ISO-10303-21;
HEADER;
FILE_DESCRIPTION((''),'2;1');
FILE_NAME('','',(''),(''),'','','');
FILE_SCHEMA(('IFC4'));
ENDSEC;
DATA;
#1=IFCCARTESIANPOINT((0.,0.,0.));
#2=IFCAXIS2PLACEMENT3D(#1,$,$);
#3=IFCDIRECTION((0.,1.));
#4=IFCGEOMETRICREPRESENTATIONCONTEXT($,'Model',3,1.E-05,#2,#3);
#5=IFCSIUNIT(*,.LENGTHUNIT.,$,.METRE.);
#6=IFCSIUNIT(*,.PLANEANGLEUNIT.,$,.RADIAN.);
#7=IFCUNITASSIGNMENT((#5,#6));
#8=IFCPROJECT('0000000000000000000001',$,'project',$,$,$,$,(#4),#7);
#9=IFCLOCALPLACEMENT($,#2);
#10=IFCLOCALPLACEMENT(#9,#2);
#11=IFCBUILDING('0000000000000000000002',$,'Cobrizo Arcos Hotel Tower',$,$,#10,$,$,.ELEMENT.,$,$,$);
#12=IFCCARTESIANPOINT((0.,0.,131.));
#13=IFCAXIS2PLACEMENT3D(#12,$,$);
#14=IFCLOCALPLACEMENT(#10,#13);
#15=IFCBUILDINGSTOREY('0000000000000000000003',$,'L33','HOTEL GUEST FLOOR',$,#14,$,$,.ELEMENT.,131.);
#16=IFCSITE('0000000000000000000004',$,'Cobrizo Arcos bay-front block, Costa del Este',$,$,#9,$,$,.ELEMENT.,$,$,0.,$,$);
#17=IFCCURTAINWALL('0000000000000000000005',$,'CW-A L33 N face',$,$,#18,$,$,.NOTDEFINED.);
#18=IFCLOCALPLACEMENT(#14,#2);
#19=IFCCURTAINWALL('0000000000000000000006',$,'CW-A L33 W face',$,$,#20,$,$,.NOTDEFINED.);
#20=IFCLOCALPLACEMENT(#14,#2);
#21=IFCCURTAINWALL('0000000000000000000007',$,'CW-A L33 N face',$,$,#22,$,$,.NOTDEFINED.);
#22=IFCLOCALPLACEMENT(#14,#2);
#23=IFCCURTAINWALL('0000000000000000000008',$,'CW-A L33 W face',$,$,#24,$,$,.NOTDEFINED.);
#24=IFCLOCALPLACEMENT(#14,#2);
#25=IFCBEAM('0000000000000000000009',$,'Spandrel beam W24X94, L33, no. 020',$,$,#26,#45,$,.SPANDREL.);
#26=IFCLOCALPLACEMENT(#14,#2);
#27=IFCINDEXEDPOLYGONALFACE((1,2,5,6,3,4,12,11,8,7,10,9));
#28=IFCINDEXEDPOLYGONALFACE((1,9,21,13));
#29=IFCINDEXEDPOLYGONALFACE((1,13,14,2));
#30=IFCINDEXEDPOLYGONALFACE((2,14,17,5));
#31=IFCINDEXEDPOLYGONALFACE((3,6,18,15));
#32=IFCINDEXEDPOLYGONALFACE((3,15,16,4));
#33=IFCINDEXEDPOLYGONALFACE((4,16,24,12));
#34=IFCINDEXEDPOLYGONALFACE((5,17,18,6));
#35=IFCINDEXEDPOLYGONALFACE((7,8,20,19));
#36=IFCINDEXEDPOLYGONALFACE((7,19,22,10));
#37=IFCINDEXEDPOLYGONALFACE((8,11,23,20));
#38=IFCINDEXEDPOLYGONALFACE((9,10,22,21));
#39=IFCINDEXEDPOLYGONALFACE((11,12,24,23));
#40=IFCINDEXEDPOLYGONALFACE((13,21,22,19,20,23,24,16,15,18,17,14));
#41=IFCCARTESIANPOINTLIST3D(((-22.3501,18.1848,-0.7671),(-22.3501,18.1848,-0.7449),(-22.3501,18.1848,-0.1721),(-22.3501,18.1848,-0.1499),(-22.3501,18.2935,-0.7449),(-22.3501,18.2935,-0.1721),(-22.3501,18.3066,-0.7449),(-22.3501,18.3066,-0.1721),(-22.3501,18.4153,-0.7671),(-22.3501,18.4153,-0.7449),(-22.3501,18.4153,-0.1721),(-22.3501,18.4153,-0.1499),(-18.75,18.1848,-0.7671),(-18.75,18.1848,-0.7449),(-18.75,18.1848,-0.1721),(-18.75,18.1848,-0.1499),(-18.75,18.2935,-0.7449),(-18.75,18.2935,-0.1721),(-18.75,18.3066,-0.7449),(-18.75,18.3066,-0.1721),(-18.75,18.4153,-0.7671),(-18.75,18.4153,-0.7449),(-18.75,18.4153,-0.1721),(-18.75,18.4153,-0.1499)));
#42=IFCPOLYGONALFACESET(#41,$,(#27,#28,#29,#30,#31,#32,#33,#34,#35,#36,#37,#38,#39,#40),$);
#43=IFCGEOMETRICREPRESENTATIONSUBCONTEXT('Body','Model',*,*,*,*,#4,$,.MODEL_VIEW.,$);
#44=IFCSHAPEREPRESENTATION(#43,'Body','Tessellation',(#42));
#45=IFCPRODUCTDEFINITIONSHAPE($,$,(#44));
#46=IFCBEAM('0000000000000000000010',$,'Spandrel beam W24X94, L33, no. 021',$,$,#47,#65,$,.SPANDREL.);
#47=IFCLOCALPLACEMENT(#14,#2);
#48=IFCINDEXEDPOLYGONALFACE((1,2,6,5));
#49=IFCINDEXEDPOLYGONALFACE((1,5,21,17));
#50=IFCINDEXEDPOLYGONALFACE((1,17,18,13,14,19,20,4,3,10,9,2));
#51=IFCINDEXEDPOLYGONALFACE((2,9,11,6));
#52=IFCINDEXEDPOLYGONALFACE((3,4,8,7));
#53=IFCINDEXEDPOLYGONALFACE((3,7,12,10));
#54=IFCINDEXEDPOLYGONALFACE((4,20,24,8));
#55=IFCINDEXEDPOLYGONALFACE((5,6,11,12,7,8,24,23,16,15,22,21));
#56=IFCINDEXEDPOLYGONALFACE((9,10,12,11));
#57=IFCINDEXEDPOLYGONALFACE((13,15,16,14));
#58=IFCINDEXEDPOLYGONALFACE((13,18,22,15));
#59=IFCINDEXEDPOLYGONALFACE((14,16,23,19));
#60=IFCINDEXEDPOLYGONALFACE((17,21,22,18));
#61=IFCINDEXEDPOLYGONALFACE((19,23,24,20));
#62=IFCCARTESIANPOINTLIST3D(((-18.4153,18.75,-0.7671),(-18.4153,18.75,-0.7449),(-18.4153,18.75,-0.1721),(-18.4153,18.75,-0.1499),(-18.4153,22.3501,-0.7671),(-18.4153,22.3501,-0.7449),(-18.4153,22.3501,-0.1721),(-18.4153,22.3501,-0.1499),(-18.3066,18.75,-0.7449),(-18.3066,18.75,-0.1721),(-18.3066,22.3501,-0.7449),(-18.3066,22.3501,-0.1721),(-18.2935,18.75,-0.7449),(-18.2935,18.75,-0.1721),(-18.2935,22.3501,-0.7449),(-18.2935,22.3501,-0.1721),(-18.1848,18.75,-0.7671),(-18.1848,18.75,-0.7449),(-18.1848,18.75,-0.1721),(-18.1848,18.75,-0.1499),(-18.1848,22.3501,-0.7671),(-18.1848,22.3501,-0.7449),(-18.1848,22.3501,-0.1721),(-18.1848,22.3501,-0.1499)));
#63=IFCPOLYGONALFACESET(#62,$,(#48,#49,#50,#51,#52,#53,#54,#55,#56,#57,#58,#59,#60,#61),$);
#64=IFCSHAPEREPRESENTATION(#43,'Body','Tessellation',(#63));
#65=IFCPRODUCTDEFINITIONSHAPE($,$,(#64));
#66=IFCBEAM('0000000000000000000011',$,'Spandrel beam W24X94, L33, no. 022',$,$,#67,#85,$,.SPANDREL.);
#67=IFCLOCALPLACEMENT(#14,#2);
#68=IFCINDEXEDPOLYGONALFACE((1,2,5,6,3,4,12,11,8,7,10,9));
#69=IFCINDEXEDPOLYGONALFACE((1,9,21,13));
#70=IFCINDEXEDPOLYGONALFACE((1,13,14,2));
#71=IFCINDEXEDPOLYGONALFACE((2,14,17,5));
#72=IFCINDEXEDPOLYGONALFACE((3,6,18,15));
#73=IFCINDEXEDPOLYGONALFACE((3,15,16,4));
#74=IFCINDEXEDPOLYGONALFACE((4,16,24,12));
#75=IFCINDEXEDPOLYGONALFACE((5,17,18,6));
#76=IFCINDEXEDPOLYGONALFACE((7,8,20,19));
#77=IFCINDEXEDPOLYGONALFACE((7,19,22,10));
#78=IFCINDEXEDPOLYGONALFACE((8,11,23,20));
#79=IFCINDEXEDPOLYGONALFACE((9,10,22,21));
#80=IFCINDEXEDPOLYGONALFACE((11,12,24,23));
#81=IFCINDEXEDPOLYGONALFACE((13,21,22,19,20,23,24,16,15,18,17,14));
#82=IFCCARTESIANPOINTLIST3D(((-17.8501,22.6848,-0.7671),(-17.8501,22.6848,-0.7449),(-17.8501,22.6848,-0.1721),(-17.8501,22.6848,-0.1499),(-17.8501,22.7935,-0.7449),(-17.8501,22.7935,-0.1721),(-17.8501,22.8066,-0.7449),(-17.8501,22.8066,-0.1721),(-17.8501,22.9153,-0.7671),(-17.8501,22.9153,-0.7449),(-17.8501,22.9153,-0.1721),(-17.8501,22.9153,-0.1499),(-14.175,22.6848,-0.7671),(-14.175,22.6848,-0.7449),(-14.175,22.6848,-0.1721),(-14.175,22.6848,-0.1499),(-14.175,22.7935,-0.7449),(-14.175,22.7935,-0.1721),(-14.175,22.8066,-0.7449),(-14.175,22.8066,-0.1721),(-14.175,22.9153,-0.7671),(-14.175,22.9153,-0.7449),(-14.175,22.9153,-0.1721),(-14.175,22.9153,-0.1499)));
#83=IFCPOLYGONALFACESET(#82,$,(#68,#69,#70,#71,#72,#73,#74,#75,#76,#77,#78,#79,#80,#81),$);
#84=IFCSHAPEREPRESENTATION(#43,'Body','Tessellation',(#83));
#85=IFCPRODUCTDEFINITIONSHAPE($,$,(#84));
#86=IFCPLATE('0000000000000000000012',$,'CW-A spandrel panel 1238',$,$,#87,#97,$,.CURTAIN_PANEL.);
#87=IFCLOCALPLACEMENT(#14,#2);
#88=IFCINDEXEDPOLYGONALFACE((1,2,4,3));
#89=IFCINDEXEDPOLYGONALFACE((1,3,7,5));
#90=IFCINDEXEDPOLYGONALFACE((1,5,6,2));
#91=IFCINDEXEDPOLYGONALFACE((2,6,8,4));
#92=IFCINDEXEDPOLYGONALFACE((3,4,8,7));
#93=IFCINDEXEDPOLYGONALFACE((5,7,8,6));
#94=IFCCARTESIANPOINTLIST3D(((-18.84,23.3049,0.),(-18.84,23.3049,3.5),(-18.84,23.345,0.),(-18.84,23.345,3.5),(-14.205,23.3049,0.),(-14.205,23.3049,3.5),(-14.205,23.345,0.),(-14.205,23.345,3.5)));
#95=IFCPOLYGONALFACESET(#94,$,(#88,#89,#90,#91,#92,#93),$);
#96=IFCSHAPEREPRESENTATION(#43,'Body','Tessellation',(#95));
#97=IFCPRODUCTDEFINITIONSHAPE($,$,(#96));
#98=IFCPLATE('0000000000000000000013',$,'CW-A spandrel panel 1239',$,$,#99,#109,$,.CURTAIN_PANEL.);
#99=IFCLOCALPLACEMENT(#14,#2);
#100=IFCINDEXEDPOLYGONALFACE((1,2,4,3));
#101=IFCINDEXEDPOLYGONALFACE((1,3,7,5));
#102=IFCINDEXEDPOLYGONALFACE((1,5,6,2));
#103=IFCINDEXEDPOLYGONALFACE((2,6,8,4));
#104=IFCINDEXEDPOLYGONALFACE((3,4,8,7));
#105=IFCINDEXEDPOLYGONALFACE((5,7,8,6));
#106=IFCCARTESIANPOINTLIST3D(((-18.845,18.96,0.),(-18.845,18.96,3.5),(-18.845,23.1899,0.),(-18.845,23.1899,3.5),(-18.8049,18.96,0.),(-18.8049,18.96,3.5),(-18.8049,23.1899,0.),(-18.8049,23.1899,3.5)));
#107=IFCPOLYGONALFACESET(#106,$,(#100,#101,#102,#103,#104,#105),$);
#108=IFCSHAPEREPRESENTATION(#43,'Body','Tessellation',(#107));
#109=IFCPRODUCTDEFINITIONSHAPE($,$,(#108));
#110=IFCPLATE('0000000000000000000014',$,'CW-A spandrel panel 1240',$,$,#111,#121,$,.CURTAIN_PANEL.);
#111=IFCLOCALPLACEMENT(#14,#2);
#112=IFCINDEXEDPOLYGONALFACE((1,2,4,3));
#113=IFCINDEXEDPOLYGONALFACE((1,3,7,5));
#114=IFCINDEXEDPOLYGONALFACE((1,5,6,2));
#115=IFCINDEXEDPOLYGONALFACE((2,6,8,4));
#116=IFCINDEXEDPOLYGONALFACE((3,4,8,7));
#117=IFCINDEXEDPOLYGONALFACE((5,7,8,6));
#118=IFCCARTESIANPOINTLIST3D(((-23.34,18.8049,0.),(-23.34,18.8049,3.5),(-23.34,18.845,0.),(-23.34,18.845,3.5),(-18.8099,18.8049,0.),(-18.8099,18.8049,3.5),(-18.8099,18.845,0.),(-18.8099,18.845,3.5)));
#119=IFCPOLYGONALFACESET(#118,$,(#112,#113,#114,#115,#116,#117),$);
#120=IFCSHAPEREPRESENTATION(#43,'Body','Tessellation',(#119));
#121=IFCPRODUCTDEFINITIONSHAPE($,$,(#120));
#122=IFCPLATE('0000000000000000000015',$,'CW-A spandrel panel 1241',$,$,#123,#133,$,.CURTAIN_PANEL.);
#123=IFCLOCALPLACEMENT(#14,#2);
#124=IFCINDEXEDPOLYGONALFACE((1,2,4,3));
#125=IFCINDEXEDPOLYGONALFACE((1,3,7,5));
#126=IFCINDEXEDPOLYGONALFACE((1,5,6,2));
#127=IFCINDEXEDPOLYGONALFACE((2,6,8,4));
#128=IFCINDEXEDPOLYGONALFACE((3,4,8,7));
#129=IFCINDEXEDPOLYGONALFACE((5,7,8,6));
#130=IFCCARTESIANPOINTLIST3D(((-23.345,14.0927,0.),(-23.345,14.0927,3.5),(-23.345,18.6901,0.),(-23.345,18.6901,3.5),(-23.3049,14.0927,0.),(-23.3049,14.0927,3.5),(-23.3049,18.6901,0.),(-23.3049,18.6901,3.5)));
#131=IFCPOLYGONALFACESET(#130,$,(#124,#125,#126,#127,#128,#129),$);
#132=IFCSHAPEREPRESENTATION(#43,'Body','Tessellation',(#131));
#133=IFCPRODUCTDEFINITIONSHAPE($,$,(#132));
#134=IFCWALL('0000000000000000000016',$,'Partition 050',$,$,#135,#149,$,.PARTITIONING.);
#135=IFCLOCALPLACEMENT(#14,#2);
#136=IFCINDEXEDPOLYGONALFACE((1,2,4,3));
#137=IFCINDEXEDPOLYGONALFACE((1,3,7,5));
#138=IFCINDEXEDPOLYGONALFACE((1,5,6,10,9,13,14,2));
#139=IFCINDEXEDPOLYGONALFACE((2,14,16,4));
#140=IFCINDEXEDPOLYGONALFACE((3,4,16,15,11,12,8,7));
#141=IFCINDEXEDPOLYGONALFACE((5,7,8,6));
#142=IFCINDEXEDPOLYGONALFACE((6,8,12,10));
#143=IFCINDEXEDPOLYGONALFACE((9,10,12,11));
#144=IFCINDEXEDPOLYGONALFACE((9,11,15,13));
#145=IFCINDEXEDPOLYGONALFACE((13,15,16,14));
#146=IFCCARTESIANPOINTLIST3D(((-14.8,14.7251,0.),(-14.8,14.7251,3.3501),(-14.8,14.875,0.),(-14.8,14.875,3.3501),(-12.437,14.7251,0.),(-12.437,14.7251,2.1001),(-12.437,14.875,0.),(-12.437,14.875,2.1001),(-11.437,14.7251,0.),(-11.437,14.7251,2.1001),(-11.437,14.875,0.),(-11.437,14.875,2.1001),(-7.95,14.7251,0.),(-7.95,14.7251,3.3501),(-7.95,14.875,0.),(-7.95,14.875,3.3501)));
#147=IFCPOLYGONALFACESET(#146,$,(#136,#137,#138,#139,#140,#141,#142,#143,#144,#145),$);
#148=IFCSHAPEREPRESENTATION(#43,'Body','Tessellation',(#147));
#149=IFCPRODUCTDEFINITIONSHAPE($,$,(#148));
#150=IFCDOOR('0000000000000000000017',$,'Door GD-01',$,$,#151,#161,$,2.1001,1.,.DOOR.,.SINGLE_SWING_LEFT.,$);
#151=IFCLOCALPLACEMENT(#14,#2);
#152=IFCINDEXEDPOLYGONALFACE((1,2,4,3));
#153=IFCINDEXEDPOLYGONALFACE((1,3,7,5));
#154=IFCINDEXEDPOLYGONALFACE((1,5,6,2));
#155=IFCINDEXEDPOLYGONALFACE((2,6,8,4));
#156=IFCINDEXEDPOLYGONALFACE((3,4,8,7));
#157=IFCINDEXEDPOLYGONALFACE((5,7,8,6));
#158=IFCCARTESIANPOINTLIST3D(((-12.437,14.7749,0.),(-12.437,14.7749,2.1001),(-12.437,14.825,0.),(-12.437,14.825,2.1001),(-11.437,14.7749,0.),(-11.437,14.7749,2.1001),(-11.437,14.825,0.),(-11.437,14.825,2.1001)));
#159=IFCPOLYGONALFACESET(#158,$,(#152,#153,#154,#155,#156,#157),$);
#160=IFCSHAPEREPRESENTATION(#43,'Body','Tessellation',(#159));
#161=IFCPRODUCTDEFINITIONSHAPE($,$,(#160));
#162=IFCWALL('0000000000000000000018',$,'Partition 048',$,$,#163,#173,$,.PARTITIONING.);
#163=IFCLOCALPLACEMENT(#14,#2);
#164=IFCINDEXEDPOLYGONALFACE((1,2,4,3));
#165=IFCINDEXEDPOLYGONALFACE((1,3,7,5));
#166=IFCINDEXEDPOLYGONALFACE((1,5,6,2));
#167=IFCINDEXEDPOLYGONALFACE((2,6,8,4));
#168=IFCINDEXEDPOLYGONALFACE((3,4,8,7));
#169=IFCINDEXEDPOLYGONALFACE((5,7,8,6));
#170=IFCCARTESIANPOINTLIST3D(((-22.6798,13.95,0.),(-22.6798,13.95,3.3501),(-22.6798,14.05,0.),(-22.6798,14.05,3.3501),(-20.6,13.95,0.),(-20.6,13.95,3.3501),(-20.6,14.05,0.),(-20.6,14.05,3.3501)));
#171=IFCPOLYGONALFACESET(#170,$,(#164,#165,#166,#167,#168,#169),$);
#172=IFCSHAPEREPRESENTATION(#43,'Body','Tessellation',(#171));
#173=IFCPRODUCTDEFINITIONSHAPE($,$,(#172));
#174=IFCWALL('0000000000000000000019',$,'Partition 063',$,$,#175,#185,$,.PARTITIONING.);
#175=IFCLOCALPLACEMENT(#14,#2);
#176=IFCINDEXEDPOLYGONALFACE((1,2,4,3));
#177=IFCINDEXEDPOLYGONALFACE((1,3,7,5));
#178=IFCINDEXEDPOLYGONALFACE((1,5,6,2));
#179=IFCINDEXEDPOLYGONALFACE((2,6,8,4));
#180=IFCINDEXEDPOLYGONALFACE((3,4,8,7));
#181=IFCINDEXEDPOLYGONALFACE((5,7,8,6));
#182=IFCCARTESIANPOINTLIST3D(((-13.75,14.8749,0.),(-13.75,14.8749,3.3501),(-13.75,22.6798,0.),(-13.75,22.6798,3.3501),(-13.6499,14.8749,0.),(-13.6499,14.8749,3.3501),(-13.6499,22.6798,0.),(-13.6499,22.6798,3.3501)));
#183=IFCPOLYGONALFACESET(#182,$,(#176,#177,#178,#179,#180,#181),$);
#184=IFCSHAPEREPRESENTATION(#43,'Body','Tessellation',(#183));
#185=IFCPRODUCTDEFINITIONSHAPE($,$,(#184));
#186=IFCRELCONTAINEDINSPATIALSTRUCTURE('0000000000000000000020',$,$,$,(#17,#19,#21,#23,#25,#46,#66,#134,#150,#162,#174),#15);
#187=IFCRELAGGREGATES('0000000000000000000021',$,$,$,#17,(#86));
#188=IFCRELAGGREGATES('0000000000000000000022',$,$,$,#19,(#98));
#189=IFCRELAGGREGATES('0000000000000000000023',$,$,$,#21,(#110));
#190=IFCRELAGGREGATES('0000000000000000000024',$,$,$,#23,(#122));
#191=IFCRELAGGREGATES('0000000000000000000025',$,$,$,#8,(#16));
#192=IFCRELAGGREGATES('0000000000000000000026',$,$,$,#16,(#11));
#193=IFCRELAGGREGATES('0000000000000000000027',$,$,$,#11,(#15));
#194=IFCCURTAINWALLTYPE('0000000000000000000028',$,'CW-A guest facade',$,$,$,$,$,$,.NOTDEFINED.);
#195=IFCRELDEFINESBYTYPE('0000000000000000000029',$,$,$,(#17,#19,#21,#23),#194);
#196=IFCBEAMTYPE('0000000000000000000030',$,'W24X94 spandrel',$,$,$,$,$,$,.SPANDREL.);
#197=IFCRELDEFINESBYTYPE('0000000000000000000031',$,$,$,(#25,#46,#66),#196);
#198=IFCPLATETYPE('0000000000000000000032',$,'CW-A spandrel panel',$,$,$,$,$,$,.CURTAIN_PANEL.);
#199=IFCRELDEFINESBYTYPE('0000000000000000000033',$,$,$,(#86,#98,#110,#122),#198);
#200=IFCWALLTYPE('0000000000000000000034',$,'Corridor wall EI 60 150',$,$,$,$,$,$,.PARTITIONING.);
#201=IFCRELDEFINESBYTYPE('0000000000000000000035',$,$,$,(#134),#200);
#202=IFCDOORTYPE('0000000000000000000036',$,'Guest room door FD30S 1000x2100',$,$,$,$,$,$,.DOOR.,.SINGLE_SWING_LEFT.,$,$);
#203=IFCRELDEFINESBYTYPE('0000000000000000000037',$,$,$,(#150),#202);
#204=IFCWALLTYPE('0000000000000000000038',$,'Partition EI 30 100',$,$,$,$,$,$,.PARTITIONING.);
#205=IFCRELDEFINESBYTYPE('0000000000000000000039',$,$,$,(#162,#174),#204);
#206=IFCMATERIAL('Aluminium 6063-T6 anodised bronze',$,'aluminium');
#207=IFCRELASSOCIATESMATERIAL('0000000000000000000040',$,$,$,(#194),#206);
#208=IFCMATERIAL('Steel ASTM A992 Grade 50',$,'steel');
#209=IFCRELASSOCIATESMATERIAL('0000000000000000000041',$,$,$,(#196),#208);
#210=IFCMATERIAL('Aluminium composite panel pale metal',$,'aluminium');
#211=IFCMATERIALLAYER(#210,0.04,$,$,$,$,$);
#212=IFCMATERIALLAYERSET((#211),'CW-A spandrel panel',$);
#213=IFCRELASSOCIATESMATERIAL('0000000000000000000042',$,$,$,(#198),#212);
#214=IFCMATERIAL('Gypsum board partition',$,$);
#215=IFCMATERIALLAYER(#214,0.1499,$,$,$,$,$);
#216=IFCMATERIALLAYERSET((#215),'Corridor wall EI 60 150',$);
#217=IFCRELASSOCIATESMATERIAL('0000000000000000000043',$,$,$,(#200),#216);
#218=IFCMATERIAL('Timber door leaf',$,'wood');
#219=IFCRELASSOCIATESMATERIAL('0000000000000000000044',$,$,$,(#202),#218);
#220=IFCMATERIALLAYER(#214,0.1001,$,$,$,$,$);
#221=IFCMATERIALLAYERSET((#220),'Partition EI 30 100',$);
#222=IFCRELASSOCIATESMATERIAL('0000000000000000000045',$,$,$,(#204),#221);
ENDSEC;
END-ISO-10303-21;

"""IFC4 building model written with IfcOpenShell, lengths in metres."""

from ifc_helpers import new_model, si_unit, direction, frame, frame_2d, origin, origin_2d, place, context, subcontext, project, spatial, rectangle, i_section, extrude, material, layer, layer_set, material_profile, profile_set, type_object, element, fill, aggregate, save


model = new_model("IFC4")

# Units and contexts
model_context = context("Model", 3, precision=1e-05, world=origin(), true_north=direction((0.0, 1.0)))
body_context = subcontext(model_context, "Body", "Model", "MODEL_VIEW")
ifc_project = project(units=[si_unit("LENGTHUNIT", "METRE"), si_unit("PLANEANGLEUNIT", "RADIAN")], contexts=[model_context])

# Site, building, storey
site_placement = place(None, origin())
site = spatial("IfcSite", under=ifc_project, at=site_placement, Name="Cobrizo Arcos bay-front block, Costa del Este", CompositionType="ELEMENT", RefElevation=0.0)
building_placement = place(site_placement, origin())
building = spatial("IfcBuilding", under=site, at=building_placement, Name="Cobrizo Arcos Hotel Tower", CompositionType="ELEMENT")
storey_placement = place(building_placement, frame((0.0, 0.0, 131.0)))
storey = spatial("IfcBuildingStorey", under=building, at=storey_placement, Name="L33", Description="HOTEL GUEST FLOOR", CompositionType="ELEMENT", Elevation=131.0)

# Curtain walls
ifc_material_1 = material(Name="Aluminium 6063-T6 anodised bronze", Category="aluminium")
curtain_wall_type = type_object("IfcCurtainWallType", Name="CW-A guest facade", PredefinedType="NOTDEFINED", material=ifc_material_1)
curtain_wall_1_placement = place(storey_placement, origin())
curtain_wall_1 = element("IfcCurtainWall", 1, at=curtain_wall_1_placement, inside=storey, type_object=curtain_wall_type, Name="CW-A L33 N face", PredefinedType="NOTDEFINED")
curtain_wall_2_placement = place(storey_placement, origin())
curtain_wall_2 = element("IfcCurtainWall", 2, at=curtain_wall_2_placement, inside=storey, type_object=curtain_wall_type, Name="CW-A L33 W face", PredefinedType="NOTDEFINED")
curtain_wall_3_placement = place(storey_placement, origin())
curtain_wall_3 = element("IfcCurtainWall", 3, at=curtain_wall_3_placement, inside=storey, type_object=curtain_wall_type, Name="CW-A L33 N face", PredefinedType="NOTDEFINED")
curtain_wall_4_placement = place(storey_placement, origin())
curtain_wall_4 = element("IfcCurtainWall", 4, at=curtain_wall_4_placement, inside=storey, type_object=curtain_wall_type, Name="CW-A L33 W face", PredefinedType="NOTDEFINED")

# Beams
ifc_material_2 = material(Name="Steel ASTM A992 Grade 50", Category="steel")
ifc_material_profile_1 = material_profile(ifc_material_2, i_section(OverallWidth=0.2305, OverallDepth=0.6172, WebThickness=0.0132, FlangeThickness=0.0222, at=origin_2d()), Name="W24X94")
ifc_profile_set_1 = profile_set([ifc_material_profile_1], Name="Steel ASTM A992 Grade 50")
beam_type = type_object("IfcBeamType", Name="W24X94 spandrel", PredefinedType="SPANDREL", material=ifc_profile_set_1)
for number, where, z_axis, x_axis, name in (
    (5, (-22.3501, 18.3, -0.4585), (1.0, 0.0, 0.0), (0.0, 1.0, 0.0), "Spandrel beam W24X94, L33, no. 020"),
    (6, (-18.3, 18.75, -0.4585), (0.0, 1.0, 0.0), (-1.0, 0.0, 0.0), "Spandrel beam W24X94, L33, no. 021"),
):
    element("IfcBeam", number, at=place(storey_placement, frame(where, z_axis=z_axis, x_axis=x_axis)), inside=storey, type_object=beam_type, Name=name, PredefinedType="SPANDREL", context=body_context, shape_type="SweptSolid", body=[
        extrude(i_section(OverallWidth=0.2305, OverallDepth=0.6172, WebThickness=0.0132, FlangeThickness=0.0222, at=origin_2d()), origin(), (0.0, 0.0, 1.0), 3.6001),
    ])
beam_1_placement = place(storey_placement, frame((-17.8501, 22.8, -0.4585), z_axis=(1.0, 0.0, 0.0), x_axis=(0.0, 1.0, 0.0)))
element("IfcBeam", 7, at=beam_1_placement, inside=storey, type_object=beam_type, Name="Spandrel beam W24X94, L33, no. 022", PredefinedType="SPANDREL", context=body_context, shape_type="SweptSolid", body=[
    extrude(i_section(OverallWidth=0.2305, OverallDepth=0.6172, WebThickness=0.0132, FlangeThickness=0.0222, at=origin_2d()), origin(), (0.0, 0.0, 1.0), 3.675),
])

# Plates
ifc_material_3 = material(Name="Aluminium composite panel pale metal", Category="aluminium")
ifc_layer_1 = layer(ifc_material_3, 0.04)
ifc_layer_set_1 = layer_set([ifc_layer_1], Name="CW-A spandrel panel")
plate_type = type_object("IfcPlateType", Name="CW-A spandrel panel", PredefinedType="CURTAIN_PANEL", material=ifc_layer_set_1)
plate_1_placement = place(storey_placement, frame((-16.5225, 23.325, 0.0), z_axis=(0.0, 0.0, 1.0), x_axis=(-1.0, 0.0, 0.0)))
plate_1 = element("IfcPlate", 8, at=plate_1_placement, type_object=plate_type, Name="CW-A spandrel panel 1238", PredefinedType="CURTAIN_PANEL", context=body_context, shape_type="SweptSolid", body=[
    extrude(rectangle(XDim=4.635, YDim=0.04, at=origin_2d()), origin(), (0.0, 0.0, 1.0), 3.5),
])
aggregate(curtain_wall_1, [plate_1])
plate_2_placement = place(storey_placement, frame((-18.825, 21.075, 0.0), z_axis=(0.0, 0.0, 1.0), x_axis=(0.0, -1.0, 0.0)))
plate_2 = element("IfcPlate", 9, at=plate_2_placement, type_object=plate_type, Name="CW-A spandrel panel 1239", PredefinedType="CURTAIN_PANEL", context=body_context, shape_type="SweptSolid", body=[
    extrude(rectangle(XDim=4.23, YDim=0.04, at=origin_2d()), origin(), (0.0, 0.0, 1.0), 3.5),
])
aggregate(curtain_wall_2, [plate_2])
plate_3_placement = place(storey_placement, frame((-21.075, 18.825, 0.0), z_axis=(0.0, 0.0, 1.0), x_axis=(-1.0, 0.0, 0.0)))
plate_3 = element("IfcPlate", 10, at=plate_3_placement, type_object=plate_type, Name="CW-A spandrel panel 1240", PredefinedType="CURTAIN_PANEL", context=body_context, shape_type="SweptSolid", body=[
    extrude(rectangle(XDim=4.53, YDim=0.04, at=origin_2d()), origin(), (0.0, 0.0, 1.0), 3.5),
])
aggregate(curtain_wall_3, [plate_3])
plate_4_placement = place(storey_placement, frame((-23.325, 16.3914, 0.0), z_axis=(0.0, 0.0, 1.0), x_axis=(0.0, -1.0, 0.0)))
plate_4 = element("IfcPlate", 11, at=plate_4_placement, type_object=plate_type, Name="CW-A spandrel panel 1241", PredefinedType="CURTAIN_PANEL", context=body_context, shape_type="SweptSolid", body=[
    extrude(rectangle(XDim=4.5974, YDim=0.04, at=origin_2d()), origin(), (0.0, 0.0, 1.0), 3.5),
])
aggregate(curtain_wall_4, [plate_4])

# Wall, opening, door
ifc_material_4 = material(Name="Gypsum board partition")
ifc_layer_2 = layer(ifc_material_4, 0.1499)
ifc_layer_set_2 = layer_set([ifc_layer_2], Name="Corridor wall EI 60 150")
wall_type_1 = type_object("IfcWallType", Name="Corridor wall EI 60 150", PredefinedType="PARTITIONING", material=ifc_layer_set_2)
wall_1_placement = place(storey_placement, frame((-14.8, 14.8, 0.0), z_axis=(0.0, 0.0, 1.0), x_axis=(1.0, 0.0, 0.0)))
wall_1 = element("IfcWall", 12, at=wall_1_placement, inside=storey, type_object=wall_type_1, Name="Partition 050", PredefinedType="PARTITIONING", context=body_context, shape_type="SweptSolid", body=[
    extrude(rectangle(XDim=6.8501, YDim=0.1499, at=frame_2d((3.425, 0.0))), origin(), (0.0, 0.0, 1.0), 3.3501),
])
opening_placement = place(wall_1_placement, frame((2.363, 0.0, 0.0)))
opening = element("IfcOpeningElement", 13, at=opening_placement, cuts=wall_1, PredefinedType="OPENING", context=body_context, shape_type="SweptSolid", body=[
    extrude(rectangle(XDim=1.0, YDim=2.1001, at=frame_2d((0.5, 1.05))), frame((0.0, 0.0869, 0.0), z_axis=(0.0, -1.0, 0.0), x_axis=(1.0, 0.0, 0.0)), (0.0, 0.0, 1.0), 0.1738),
])
ifc_material_5 = material(Name="Timber door leaf", Category="wood")
door_type = type_object("IfcDoorType", Name="Guest room door FD30S 1000x2100", OperationType="SINGLE_SWING_LEFT", PredefinedType="DOOR", material=ifc_material_5)
door_placement = place(opening_placement, origin())
door = element("IfcDoor", 14, at=door_placement, inside=storey, type_object=door_type, Name="Door GD-01", OperationType="SINGLE_SWING_LEFT", OverallHeight=2.1001, OverallWidth=1.0, PredefinedType="DOOR", context=body_context, shape_type="SweptSolid", body=[
    extrude(rectangle(XDim=1.0, YDim=2.1001, at=frame_2d((0.5, 1.05))), frame((0.0, 0.0249, 0.0), z_axis=(0.0, -1.0, 0.0), x_axis=(1.0, 0.0, 0.0)), (0.0, 0.0, 1.0), 0.05),
])
fill(opening, door)

# Walls
ifc_layer_3 = layer(ifc_material_4, 0.1001)
ifc_layer_set_3 = layer_set([ifc_layer_3], Name="Partition EI 30 100")
wall_type_2 = type_object("IfcWallType", Name="Partition EI 30 100", PredefinedType="PARTITIONING", material=ifc_layer_set_3)
wall_2_placement = place(storey_placement, frame((-22.6799, 14.0, 0.0), z_axis=(0.0, 0.0, 1.0), x_axis=(1.0, 0.0, 0.0)))
element("IfcWall", 15, at=wall_2_placement, inside=storey, type_object=wall_type_2, Name="Partition 048", PredefinedType="PARTITIONING", context=body_context, shape_type="SweptSolid", body=[
    extrude(rectangle(XDim=2.0798, YDim=0.1001, at=frame_2d((1.04, 0.0))), origin(), (0.0, 0.0, 1.0), 3.3501),
])
wall_3_placement = place(storey_placement, frame((-13.7, 14.875, 0.0), z_axis=(0.0, 0.0, 1.0), x_axis=(0.0, 1.0, 0.0)))
element("IfcWall", 16, at=wall_3_placement, inside=storey, type_object=wall_type_2, Name="Partition 063", PredefinedType="PARTITIONING", context=body_context, shape_type="SweptSolid", body=[
    extrude(rectangle(XDim=7.8049, YDim=0.1001, at=frame_2d((3.9023, 0.0))), origin(), (0.0, 0.0, 1.0), 3.3501),
])

save(model, "model.ifc")
